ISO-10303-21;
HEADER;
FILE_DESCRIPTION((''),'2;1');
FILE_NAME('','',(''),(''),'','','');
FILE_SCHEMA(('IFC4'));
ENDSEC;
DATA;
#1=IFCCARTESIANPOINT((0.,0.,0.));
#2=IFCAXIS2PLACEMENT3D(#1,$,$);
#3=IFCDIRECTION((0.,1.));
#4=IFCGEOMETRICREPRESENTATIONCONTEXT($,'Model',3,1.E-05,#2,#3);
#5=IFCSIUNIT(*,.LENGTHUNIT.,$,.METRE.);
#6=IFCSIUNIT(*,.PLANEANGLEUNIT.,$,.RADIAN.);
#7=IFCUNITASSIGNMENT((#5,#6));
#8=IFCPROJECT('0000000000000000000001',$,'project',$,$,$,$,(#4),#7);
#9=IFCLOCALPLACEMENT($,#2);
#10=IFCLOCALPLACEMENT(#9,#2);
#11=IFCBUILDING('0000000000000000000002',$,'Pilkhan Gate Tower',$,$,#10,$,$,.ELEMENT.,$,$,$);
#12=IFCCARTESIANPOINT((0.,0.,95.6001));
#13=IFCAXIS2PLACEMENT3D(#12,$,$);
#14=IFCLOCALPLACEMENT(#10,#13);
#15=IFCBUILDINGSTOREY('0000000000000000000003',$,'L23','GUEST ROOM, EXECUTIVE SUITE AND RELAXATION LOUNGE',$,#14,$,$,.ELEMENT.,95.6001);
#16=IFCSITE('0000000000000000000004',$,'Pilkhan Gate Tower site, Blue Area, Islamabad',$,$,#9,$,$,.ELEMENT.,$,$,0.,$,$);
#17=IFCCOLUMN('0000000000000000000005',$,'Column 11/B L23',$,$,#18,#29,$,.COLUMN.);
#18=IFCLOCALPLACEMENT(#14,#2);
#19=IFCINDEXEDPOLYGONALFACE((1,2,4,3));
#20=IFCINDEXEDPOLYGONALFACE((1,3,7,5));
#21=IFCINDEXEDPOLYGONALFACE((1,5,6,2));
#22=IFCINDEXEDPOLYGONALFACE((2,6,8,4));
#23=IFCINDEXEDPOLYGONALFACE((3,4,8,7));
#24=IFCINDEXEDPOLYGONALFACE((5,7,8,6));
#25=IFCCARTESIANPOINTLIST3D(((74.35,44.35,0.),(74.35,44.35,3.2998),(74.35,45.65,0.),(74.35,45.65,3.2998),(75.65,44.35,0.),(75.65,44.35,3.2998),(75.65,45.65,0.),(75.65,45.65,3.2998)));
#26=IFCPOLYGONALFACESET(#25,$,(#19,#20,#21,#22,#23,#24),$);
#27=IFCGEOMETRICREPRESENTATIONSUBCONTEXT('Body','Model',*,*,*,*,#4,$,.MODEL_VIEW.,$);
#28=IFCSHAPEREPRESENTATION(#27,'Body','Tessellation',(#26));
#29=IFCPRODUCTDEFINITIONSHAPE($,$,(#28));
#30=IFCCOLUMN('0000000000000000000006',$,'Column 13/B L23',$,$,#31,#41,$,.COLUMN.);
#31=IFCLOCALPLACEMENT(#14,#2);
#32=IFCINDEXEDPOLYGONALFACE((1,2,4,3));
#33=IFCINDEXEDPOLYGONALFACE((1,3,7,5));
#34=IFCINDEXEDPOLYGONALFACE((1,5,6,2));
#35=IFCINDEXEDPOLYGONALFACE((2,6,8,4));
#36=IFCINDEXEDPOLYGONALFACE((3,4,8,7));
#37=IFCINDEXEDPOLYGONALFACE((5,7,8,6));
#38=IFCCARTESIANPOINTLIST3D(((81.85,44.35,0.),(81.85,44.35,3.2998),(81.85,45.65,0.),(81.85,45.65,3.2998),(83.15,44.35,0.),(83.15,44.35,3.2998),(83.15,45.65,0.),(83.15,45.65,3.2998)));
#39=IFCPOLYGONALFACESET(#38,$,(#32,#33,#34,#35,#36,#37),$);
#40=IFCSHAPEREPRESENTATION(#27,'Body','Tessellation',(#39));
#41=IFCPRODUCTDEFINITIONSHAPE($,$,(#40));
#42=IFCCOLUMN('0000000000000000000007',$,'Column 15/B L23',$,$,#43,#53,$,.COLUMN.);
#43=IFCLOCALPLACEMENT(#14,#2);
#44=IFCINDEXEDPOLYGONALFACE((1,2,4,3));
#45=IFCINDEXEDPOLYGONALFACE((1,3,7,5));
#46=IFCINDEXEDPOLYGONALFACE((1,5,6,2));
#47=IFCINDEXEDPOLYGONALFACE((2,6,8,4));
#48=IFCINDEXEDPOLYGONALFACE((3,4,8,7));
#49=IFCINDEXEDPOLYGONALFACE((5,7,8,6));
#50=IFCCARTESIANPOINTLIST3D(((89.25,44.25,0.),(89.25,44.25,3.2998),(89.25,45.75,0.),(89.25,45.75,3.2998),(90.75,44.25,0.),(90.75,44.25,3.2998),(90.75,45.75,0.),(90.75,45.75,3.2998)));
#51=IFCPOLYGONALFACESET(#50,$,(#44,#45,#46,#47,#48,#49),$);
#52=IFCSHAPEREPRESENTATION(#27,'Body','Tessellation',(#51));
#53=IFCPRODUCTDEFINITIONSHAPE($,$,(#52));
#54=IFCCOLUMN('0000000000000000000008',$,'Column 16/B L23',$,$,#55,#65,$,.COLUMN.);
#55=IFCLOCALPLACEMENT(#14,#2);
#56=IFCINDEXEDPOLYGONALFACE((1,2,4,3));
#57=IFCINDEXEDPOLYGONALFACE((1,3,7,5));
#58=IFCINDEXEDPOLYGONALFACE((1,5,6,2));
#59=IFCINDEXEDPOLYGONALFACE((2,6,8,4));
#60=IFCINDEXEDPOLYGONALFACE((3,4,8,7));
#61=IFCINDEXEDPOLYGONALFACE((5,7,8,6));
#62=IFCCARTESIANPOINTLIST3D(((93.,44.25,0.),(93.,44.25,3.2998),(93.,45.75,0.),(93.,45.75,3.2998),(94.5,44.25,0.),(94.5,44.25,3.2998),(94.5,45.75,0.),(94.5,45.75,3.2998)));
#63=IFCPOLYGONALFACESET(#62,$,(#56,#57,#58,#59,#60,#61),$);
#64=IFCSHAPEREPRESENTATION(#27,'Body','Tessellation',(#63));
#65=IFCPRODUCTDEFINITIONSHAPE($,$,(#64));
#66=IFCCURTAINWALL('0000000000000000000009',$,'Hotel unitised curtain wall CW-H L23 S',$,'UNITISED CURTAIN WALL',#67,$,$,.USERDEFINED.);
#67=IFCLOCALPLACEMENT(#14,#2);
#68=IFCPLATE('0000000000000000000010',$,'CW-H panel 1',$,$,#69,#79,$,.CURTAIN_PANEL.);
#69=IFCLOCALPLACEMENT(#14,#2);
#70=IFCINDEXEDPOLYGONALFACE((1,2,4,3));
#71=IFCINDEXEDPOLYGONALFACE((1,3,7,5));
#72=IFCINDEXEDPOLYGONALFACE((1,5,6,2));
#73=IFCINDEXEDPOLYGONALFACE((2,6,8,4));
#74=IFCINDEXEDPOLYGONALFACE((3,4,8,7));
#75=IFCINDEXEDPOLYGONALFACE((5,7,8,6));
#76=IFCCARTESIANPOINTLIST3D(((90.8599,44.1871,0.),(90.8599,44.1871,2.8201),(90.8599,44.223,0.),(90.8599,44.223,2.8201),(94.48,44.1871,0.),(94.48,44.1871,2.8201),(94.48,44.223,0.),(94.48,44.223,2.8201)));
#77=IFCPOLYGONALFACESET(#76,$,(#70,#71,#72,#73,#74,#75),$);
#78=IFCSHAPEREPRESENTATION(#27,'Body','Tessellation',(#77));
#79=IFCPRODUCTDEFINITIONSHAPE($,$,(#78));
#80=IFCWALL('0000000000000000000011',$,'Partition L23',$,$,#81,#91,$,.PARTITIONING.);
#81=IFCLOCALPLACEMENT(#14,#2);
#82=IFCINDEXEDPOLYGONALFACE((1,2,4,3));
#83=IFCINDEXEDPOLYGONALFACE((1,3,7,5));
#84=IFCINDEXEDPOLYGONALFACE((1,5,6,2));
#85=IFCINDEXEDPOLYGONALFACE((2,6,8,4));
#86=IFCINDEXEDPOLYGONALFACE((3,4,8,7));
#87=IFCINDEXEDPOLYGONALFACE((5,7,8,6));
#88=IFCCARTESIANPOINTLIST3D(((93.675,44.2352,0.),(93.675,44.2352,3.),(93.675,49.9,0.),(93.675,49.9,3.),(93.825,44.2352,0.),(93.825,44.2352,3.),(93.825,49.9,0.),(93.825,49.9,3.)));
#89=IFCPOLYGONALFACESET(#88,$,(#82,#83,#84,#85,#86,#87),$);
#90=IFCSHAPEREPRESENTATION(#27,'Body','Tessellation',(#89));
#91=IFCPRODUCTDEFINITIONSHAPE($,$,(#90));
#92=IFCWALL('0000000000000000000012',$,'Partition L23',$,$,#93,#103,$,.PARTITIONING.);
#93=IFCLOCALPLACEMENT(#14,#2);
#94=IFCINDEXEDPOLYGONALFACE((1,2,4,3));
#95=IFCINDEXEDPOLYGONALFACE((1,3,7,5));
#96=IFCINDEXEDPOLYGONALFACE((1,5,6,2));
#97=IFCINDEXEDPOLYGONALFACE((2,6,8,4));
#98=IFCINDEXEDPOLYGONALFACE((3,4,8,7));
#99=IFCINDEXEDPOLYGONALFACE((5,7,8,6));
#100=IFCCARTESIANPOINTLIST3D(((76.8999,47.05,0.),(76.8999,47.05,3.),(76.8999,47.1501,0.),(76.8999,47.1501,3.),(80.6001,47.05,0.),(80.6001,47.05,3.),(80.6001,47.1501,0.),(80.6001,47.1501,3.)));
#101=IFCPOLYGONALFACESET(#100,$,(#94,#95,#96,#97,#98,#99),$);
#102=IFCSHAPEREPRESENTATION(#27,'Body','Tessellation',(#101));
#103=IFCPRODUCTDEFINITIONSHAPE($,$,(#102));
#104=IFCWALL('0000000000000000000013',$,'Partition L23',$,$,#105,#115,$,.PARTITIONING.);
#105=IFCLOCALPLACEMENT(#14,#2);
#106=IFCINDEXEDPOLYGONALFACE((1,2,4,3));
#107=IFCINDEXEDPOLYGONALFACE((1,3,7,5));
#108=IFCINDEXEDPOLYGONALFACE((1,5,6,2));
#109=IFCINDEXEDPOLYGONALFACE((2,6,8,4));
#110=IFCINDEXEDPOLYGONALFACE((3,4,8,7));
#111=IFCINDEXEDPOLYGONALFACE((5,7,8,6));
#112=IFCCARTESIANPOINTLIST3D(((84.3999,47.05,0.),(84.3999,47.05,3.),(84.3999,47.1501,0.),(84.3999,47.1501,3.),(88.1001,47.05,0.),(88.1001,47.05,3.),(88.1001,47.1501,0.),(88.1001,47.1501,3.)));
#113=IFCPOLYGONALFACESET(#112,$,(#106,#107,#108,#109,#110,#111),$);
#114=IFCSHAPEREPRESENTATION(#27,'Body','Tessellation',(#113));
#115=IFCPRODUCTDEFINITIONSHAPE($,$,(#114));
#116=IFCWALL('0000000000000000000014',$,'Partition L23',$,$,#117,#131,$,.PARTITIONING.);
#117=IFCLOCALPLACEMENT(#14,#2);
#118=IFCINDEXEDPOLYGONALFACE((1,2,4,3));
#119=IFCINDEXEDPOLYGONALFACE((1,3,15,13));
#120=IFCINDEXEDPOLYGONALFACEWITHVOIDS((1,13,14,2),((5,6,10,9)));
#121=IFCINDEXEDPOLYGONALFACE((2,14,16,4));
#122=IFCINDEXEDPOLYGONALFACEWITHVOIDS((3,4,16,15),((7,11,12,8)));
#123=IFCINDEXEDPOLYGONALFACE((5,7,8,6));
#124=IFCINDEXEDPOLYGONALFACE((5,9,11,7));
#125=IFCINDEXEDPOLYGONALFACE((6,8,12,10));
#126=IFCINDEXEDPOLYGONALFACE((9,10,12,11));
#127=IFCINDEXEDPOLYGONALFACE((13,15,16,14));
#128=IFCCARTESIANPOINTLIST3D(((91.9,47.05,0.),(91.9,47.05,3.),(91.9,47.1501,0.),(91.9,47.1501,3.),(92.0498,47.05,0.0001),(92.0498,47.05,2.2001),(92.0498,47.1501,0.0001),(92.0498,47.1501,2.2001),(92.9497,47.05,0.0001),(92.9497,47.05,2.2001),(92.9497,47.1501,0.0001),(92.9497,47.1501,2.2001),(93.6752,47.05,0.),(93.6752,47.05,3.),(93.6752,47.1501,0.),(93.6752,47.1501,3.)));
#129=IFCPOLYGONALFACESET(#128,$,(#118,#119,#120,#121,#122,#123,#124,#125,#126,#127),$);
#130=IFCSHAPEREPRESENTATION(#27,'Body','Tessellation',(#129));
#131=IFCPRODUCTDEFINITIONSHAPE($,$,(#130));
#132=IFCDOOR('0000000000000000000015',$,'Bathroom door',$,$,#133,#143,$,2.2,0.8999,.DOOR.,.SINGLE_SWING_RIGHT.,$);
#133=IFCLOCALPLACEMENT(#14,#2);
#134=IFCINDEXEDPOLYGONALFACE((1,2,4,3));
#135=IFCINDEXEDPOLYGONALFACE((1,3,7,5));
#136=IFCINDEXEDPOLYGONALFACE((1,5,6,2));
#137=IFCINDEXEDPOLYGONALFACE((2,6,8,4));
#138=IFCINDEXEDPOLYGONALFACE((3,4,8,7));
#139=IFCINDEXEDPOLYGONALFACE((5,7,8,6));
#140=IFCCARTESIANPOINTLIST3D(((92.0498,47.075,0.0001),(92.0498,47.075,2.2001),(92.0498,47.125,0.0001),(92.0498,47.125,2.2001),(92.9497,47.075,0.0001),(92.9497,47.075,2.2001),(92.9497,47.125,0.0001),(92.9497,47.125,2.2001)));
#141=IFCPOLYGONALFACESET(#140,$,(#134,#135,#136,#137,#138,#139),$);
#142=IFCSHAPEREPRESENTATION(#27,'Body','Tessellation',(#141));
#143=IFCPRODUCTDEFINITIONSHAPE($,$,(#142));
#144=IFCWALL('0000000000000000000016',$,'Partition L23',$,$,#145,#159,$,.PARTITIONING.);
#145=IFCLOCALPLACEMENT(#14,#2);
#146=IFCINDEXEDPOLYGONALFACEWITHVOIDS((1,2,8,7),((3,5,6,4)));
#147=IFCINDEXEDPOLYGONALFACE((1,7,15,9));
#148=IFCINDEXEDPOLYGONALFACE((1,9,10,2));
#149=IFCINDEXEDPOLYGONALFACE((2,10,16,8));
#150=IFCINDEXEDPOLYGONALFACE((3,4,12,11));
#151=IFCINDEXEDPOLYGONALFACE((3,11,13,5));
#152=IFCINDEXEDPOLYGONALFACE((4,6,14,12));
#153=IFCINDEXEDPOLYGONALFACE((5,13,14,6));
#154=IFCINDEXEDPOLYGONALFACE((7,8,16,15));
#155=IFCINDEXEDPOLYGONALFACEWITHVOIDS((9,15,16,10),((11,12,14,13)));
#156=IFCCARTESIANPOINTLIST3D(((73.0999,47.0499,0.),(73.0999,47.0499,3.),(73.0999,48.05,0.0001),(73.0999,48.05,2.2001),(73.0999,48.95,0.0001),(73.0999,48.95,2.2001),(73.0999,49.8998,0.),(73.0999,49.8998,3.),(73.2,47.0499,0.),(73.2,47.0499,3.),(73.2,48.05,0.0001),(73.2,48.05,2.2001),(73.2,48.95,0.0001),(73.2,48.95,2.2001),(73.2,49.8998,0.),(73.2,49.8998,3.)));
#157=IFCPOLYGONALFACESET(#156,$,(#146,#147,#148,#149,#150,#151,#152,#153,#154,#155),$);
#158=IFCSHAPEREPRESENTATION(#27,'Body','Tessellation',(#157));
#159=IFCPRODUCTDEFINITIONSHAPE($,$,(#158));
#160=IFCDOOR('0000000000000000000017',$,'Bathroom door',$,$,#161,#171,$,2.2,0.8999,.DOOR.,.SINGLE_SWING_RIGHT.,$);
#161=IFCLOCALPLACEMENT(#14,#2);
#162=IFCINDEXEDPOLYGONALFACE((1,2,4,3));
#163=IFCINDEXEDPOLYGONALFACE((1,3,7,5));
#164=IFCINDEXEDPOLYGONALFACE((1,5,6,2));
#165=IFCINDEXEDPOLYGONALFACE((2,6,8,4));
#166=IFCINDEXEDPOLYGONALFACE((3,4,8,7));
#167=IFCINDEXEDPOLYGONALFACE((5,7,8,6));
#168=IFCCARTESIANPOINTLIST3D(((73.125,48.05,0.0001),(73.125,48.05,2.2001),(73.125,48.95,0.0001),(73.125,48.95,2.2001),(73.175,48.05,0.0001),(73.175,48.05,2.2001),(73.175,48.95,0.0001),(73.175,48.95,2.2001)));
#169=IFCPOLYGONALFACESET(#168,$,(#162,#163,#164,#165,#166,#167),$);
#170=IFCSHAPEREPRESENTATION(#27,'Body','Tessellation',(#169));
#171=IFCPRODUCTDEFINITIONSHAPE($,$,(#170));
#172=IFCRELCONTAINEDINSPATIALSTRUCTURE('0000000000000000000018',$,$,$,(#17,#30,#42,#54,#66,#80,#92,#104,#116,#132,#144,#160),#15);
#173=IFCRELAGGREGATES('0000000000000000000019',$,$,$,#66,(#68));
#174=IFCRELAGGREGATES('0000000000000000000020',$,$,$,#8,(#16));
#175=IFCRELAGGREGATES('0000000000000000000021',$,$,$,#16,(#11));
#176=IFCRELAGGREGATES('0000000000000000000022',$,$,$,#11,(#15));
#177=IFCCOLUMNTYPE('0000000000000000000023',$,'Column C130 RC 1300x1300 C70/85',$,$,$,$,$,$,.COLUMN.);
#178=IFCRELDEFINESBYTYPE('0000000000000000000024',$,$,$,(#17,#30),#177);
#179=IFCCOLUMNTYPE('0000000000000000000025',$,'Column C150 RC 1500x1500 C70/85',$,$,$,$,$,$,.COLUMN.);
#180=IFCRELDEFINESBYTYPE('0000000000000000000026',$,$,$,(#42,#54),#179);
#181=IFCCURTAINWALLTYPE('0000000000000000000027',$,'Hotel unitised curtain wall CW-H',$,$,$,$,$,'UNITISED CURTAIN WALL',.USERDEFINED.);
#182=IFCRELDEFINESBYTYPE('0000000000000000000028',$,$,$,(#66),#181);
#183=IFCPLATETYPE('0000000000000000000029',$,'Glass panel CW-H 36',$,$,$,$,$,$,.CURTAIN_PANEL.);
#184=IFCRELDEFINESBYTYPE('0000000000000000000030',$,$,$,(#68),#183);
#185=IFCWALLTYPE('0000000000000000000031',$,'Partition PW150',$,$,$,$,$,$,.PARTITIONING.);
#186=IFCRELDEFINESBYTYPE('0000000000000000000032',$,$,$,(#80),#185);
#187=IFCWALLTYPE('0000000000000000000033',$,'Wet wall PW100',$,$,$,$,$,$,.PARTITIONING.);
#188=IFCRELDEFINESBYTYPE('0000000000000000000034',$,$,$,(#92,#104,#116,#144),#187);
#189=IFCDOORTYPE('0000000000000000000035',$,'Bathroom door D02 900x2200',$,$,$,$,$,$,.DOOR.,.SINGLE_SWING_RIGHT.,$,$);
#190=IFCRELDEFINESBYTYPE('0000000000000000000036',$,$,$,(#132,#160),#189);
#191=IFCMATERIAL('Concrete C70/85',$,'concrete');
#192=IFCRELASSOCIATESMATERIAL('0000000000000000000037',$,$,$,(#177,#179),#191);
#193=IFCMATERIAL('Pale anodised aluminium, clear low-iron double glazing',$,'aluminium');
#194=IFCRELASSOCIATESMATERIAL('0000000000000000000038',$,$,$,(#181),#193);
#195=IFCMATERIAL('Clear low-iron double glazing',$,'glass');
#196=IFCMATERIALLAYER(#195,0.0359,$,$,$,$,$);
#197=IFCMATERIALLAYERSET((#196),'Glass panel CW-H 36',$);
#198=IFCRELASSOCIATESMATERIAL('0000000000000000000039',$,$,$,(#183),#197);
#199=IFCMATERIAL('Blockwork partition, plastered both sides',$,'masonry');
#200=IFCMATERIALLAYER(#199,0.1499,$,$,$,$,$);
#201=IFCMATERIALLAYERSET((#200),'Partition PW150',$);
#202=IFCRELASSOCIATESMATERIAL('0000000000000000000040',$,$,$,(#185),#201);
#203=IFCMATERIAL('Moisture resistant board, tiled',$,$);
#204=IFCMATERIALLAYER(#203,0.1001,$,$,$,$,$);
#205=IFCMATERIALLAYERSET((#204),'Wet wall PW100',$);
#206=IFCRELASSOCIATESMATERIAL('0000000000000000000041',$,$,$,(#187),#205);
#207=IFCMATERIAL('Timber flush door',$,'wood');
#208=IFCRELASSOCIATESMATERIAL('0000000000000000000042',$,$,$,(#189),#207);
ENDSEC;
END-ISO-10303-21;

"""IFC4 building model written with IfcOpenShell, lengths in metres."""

from ifc_helpers import new_model, si_unit, direction, frame, frame_2d, origin, origin_2d, place, context, subcontext, project, spatial, rectangle, extrude, material, layer, layer_set, material_profile, profile_set, type_object, element, fill, aggregate, save


model = new_model("IFC4")

# Units and contexts
model_context = context("Model", 3, precision=1e-05, world=origin(), true_north=direction((0.0, 1.0)))
body_context = subcontext(model_context, "Body", "Model", "MODEL_VIEW")
ifc_project = project(units=[si_unit("LENGTHUNIT", "METRE"), si_unit("PLANEANGLEUNIT", "RADIAN")], contexts=[model_context])

# Site, building, storey
site_placement = place(None, origin())
site = spatial("IfcSite", under=ifc_project, at=site_placement, Name="Pilkhan Gate Tower site, Blue Area, Islamabad", CompositionType="ELEMENT", RefElevation=0.0)
building_placement = place(site_placement, origin())
building = spatial("IfcBuilding", under=site, at=building_placement, Name="Pilkhan Gate Tower", CompositionType="ELEMENT")
storey_placement = place(building_placement, frame((0.0, 0.0, 95.6001)))
storey = spatial("IfcBuildingStorey", under=building, at=storey_placement, Name="L23", Description="GUEST ROOM, EXECUTIVE SUITE AND RELAXATION LOUNGE", CompositionType="ELEMENT", Elevation=95.6001)

# Columns
ifc_material_1 = material(Name="Concrete C70/85", Category="concrete")
ifc_material_profile_1 = material_profile(ifc_material_1, rectangle(XDim=1.3, YDim=1.3, at=origin_2d()), Name="RC 1300x1300")
ifc_profile_set_1 = profile_set([ifc_material_profile_1], Name="Concrete C70/85")
column_type_1 = type_object("IfcColumnType", Name="Column C130 RC 1300x1300 C70/85", PredefinedType="COLUMN", material=ifc_profile_set_1)
for number, where, z_axis, x_axis, name in (
    (1, (75.0, 45.0, 0.0), (0.0, 0.0, 1.0), (1.0, 0.0, 0.0), "Column 11/B L23"),
    (2, (82.5, 45.0, 0.0), (0.0, 0.0, 1.0), (1.0, 0.0, 0.0), "Column 13/B L23"),
):
    element("IfcColumn", number, at=place(storey_placement, frame(where, z_axis=z_axis, x_axis=x_axis)), inside=storey, type_object=column_type_1, Name=name, PredefinedType="COLUMN", context=body_context, shape_type="SweptSolid", body=[
        extrude(rectangle(XDim=1.3, YDim=1.3, at=origin_2d()), origin(), (0.0, 0.0, 1.0), 3.2998),
    ])
ifc_material_profile_2 = material_profile(ifc_material_1, rectangle(XDim=1.5, YDim=1.5, at=origin_2d()), Name="RC 1500x1500")
ifc_profile_set_2 = profile_set([ifc_material_profile_2], Name="Concrete C70/85")
column_type_2 = type_object("IfcColumnType", Name="Column C150 RC 1500x1500 C70/85", PredefinedType="COLUMN", material=ifc_profile_set_2)
for number, where, z_axis, x_axis, name in (
    (3, (90.0, 45.0, 0.0), (0.0, 0.0, 1.0), (1.0, 0.0, 0.0), "Column 15/B L23"),
    (4, (93.75, 45.0, 0.0), (0.0, 0.0, 1.0), (1.0, 0.0, 0.0), "Column 16/B L23"),
):
    element("IfcColumn", number, at=place(storey_placement, frame(where, z_axis=z_axis, x_axis=x_axis)), inside=storey, type_object=column_type_2, Name=name, PredefinedType="COLUMN", context=body_context, shape_type="SweptSolid", body=[
        extrude(rectangle(XDim=1.5, YDim=1.5, at=origin_2d()), origin(), (0.0, 0.0, 1.0), 3.2998),
    ])

# Curtain wall, plate
ifc_material_2 = material(Name="Pale anodised aluminium, clear low-iron double glazing", Category="aluminium")
curtain_wall_type = type_object("IfcCurtainWallType", Name="Hotel unitised curtain wall CW-H", ElementType="UNITISED CURTAIN WALL", PredefinedType="USERDEFINED", material=ifc_material_2)
curtain_wall_placement = place(storey_placement, origin())
curtain_wall = element("IfcCurtainWall", 5, at=curtain_wall_placement, inside=storey, type_object=curtain_wall_type, Name="Hotel unitised curtain wall CW-H L23 S", ObjectType="UNITISED CURTAIN WALL", PredefinedType="USERDEFINED")
ifc_material_3 = material(Name="Clear low-iron double glazing", Category="glass")
ifc_layer_1 = layer(ifc_material_3, 0.0359)
ifc_layer_set_1 = layer_set([ifc_layer_1], Name="Glass panel CW-H 36")
plate_type = type_object("IfcPlateType", Name="Glass panel CW-H 36", PredefinedType="CURTAIN_PANEL", material=ifc_layer_set_1)
plate_placement = place(storey_placement, frame((92.6699, 44.2051, 0.0), z_axis=(0.0, 0.0, 1.0), x_axis=(1.0, 0.0, 0.0)))
plate = element("IfcPlate", 6, at=plate_placement, type_object=plate_type, Name="CW-H panel 1", PredefinedType="CURTAIN_PANEL", context=body_context, shape_type="SweptSolid", body=[
    extrude(rectangle(XDim=3.6201, YDim=0.0359, at=origin_2d()), origin(), (0.0, 0.0, 1.0), 2.8201),
])
aggregate(curtain_wall, [plate])

# Walls
ifc_material_4 = material(Name="Blockwork partition, plastered both sides", Category="masonry")
ifc_layer_2 = layer(ifc_material_4, 0.1499)
ifc_layer_set_2 = layer_set([ifc_layer_2], Name="Partition PW150")
wall_type_1 = type_object("IfcWallType", Name="Partition PW150", PredefinedType="PARTITIONING", material=ifc_layer_set_2)
wall_1_placement = place(storey_placement, frame((93.75, 44.2351, 0.0), z_axis=(0.0, 0.0, 1.0), x_axis=(0.0, 1.0, 0.0)))
element("IfcWall", 7, at=wall_1_placement, inside=storey, type_object=wall_type_1, Name="Partition L23", PredefinedType="PARTITIONING", context=body_context, shape_type="SweptSolid", body=[
    extrude(rectangle(XDim=5.6648, YDim=0.1499, at=frame_2d((2.8325, 0.0))), origin(), (0.0, 0.0, 1.0), 3.0),
])
ifc_material_5 = material(Name="Moisture resistant board, tiled")
ifc_layer_3 = layer(ifc_material_5, 0.1001)
ifc_layer_set_3 = layer_set([ifc_layer_3], Name="Wet wall PW100")
wall_type_2 = type_object("IfcWallType", Name="Wet wall PW100", PredefinedType="PARTITIONING", material=ifc_layer_set_3)
for number, where, z_axis, x_axis, name in (
    (8, (76.8999, 47.1001, 0.0), (0.0, 0.0, 1.0), (1.0, 0.0, 0.0), "Partition L23"),
    (9, (84.3999, 47.1001, 0.0), (0.0, 0.0, 1.0), (1.0, 0.0, 0.0), "Partition L23"),
):
    element("IfcWall", number, at=place(storey_placement, frame(where, z_axis=z_axis, x_axis=x_axis)), inside=storey, type_object=wall_type_2, Name=name, PredefinedType="PARTITIONING", context=body_context, shape_type="SweptSolid", body=[
        extrude(rectangle(XDim=3.7002, YDim=0.1001, at=frame_2d((1.8501, 0.0))), origin(), (0.0, 0.0, 1.0), 3.0),
    ])

# Walls, openings, doors
wall_2_placement = place(storey_placement, frame((91.8999, 47.1001, 0.0), z_axis=(0.0, 0.0, 1.0), x_axis=(1.0, 0.0, 0.0)))
wall_2 = element("IfcWall", 10, at=wall_2_placement, inside=storey, type_object=wall_type_2, Name="Partition L23", PredefinedType="PARTITIONING", context=body_context, shape_type="SweptSolid", body=[
    extrude(rectangle(XDim=1.7751, YDim=0.1001, at=frame_2d((0.8877, 0.0))), origin(), (0.0, 0.0, 1.0), 3.0),
])
opening_1_placement = place(wall_2_placement, frame((0.1499, 0.0, 0.0)))
opening_1 = element("IfcOpeningElement", 11, at=opening_1_placement, cuts=wall_2, PredefinedType="OPENING", context=body_context, shape_type="SweptSolid", body=[
    extrude(rectangle(XDim=0.8999, YDim=2.2, at=frame_2d((0.45, 1.1001))), frame((0.0, 0.0601, 0.0), z_axis=(0.0, -1.0, 0.0), x_axis=(1.0, 0.0, 0.0)), (0.0, 0.0, 1.0), 0.1201),
])
ifc_material_6 = material(Name="Timber flush door", Category="wood")
door_type = type_object("IfcDoorType", Name="Bathroom door D02 900x2200", OperationType="SINGLE_SWING_RIGHT", PredefinedType="DOOR", material=ifc_material_6)
door_1_placement = place(opening_1_placement, origin())
door_1 = element("IfcDoor", 12, at=door_1_placement, inside=storey, type_object=door_type, Name="Bathroom door", OperationType="SINGLE_SWING_RIGHT", OverallHeight=2.2, OverallWidth=0.8999, PredefinedType="DOOR", context=body_context, shape_type="SweptSolid", body=[
    extrude(rectangle(XDim=0.8999, YDim=2.2, at=frame_2d((0.45, 1.1001))), frame((0.0, 0.0249, 0.0), z_axis=(0.0, -1.0, 0.0), x_axis=(1.0, 0.0, 0.0)), (0.0, 0.0, 1.0), 0.05),
])
fill(opening_1, door_1)
wall_3_placement = place(storey_placement, frame((73.1499, 47.05, 0.0), z_axis=(0.0, 0.0, 1.0), x_axis=(0.0, 1.0, 0.0)))
wall_3 = element("IfcWall", 13, at=wall_3_placement, inside=storey, type_object=wall_type_2, Name="Partition L23", PredefinedType="PARTITIONING", context=body_context, shape_type="SweptSolid", body=[
    extrude(rectangle(XDim=2.8499, YDim=0.1001, at=frame_2d((1.4248, 0.0))), origin(), (0.0, 0.0, 1.0), 3.0),
])
opening_2_placement = place(wall_3_placement, frame((1.0, 0.0, 0.0)))
opening_2 = element("IfcOpeningElement", 14, at=opening_2_placement, cuts=wall_3, PredefinedType="OPENING", context=body_context, shape_type="SweptSolid", body=[
    extrude(rectangle(XDim=0.8999, YDim=2.2, at=frame_2d((0.45, 1.1001))), frame((0.0, 0.0601, 0.0), z_axis=(0.0, -1.0, 0.0), x_axis=(1.0, 0.0, 0.0)), (0.0, 0.0, 1.0), 0.1201),
])
door_2_placement = place(opening_2_placement, origin())
door_2 = element("IfcDoor", 15, at=door_2_placement, inside=storey, type_object=door_type, Name="Bathroom door", OperationType="SINGLE_SWING_RIGHT", OverallHeight=2.2, OverallWidth=0.8999, PredefinedType="DOOR", context=body_context, shape_type="SweptSolid", body=[
    extrude(rectangle(XDim=0.8999, YDim=2.2, at=frame_2d((0.45, 1.1001))), frame((0.0, 0.0249, 0.0), z_axis=(0.0, -1.0, 0.0), x_axis=(1.0, 0.0, 0.0)), (0.0, 0.0, 1.0), 0.05),
])
fill(opening_2, door_2)

save(model, "model.ifc")
